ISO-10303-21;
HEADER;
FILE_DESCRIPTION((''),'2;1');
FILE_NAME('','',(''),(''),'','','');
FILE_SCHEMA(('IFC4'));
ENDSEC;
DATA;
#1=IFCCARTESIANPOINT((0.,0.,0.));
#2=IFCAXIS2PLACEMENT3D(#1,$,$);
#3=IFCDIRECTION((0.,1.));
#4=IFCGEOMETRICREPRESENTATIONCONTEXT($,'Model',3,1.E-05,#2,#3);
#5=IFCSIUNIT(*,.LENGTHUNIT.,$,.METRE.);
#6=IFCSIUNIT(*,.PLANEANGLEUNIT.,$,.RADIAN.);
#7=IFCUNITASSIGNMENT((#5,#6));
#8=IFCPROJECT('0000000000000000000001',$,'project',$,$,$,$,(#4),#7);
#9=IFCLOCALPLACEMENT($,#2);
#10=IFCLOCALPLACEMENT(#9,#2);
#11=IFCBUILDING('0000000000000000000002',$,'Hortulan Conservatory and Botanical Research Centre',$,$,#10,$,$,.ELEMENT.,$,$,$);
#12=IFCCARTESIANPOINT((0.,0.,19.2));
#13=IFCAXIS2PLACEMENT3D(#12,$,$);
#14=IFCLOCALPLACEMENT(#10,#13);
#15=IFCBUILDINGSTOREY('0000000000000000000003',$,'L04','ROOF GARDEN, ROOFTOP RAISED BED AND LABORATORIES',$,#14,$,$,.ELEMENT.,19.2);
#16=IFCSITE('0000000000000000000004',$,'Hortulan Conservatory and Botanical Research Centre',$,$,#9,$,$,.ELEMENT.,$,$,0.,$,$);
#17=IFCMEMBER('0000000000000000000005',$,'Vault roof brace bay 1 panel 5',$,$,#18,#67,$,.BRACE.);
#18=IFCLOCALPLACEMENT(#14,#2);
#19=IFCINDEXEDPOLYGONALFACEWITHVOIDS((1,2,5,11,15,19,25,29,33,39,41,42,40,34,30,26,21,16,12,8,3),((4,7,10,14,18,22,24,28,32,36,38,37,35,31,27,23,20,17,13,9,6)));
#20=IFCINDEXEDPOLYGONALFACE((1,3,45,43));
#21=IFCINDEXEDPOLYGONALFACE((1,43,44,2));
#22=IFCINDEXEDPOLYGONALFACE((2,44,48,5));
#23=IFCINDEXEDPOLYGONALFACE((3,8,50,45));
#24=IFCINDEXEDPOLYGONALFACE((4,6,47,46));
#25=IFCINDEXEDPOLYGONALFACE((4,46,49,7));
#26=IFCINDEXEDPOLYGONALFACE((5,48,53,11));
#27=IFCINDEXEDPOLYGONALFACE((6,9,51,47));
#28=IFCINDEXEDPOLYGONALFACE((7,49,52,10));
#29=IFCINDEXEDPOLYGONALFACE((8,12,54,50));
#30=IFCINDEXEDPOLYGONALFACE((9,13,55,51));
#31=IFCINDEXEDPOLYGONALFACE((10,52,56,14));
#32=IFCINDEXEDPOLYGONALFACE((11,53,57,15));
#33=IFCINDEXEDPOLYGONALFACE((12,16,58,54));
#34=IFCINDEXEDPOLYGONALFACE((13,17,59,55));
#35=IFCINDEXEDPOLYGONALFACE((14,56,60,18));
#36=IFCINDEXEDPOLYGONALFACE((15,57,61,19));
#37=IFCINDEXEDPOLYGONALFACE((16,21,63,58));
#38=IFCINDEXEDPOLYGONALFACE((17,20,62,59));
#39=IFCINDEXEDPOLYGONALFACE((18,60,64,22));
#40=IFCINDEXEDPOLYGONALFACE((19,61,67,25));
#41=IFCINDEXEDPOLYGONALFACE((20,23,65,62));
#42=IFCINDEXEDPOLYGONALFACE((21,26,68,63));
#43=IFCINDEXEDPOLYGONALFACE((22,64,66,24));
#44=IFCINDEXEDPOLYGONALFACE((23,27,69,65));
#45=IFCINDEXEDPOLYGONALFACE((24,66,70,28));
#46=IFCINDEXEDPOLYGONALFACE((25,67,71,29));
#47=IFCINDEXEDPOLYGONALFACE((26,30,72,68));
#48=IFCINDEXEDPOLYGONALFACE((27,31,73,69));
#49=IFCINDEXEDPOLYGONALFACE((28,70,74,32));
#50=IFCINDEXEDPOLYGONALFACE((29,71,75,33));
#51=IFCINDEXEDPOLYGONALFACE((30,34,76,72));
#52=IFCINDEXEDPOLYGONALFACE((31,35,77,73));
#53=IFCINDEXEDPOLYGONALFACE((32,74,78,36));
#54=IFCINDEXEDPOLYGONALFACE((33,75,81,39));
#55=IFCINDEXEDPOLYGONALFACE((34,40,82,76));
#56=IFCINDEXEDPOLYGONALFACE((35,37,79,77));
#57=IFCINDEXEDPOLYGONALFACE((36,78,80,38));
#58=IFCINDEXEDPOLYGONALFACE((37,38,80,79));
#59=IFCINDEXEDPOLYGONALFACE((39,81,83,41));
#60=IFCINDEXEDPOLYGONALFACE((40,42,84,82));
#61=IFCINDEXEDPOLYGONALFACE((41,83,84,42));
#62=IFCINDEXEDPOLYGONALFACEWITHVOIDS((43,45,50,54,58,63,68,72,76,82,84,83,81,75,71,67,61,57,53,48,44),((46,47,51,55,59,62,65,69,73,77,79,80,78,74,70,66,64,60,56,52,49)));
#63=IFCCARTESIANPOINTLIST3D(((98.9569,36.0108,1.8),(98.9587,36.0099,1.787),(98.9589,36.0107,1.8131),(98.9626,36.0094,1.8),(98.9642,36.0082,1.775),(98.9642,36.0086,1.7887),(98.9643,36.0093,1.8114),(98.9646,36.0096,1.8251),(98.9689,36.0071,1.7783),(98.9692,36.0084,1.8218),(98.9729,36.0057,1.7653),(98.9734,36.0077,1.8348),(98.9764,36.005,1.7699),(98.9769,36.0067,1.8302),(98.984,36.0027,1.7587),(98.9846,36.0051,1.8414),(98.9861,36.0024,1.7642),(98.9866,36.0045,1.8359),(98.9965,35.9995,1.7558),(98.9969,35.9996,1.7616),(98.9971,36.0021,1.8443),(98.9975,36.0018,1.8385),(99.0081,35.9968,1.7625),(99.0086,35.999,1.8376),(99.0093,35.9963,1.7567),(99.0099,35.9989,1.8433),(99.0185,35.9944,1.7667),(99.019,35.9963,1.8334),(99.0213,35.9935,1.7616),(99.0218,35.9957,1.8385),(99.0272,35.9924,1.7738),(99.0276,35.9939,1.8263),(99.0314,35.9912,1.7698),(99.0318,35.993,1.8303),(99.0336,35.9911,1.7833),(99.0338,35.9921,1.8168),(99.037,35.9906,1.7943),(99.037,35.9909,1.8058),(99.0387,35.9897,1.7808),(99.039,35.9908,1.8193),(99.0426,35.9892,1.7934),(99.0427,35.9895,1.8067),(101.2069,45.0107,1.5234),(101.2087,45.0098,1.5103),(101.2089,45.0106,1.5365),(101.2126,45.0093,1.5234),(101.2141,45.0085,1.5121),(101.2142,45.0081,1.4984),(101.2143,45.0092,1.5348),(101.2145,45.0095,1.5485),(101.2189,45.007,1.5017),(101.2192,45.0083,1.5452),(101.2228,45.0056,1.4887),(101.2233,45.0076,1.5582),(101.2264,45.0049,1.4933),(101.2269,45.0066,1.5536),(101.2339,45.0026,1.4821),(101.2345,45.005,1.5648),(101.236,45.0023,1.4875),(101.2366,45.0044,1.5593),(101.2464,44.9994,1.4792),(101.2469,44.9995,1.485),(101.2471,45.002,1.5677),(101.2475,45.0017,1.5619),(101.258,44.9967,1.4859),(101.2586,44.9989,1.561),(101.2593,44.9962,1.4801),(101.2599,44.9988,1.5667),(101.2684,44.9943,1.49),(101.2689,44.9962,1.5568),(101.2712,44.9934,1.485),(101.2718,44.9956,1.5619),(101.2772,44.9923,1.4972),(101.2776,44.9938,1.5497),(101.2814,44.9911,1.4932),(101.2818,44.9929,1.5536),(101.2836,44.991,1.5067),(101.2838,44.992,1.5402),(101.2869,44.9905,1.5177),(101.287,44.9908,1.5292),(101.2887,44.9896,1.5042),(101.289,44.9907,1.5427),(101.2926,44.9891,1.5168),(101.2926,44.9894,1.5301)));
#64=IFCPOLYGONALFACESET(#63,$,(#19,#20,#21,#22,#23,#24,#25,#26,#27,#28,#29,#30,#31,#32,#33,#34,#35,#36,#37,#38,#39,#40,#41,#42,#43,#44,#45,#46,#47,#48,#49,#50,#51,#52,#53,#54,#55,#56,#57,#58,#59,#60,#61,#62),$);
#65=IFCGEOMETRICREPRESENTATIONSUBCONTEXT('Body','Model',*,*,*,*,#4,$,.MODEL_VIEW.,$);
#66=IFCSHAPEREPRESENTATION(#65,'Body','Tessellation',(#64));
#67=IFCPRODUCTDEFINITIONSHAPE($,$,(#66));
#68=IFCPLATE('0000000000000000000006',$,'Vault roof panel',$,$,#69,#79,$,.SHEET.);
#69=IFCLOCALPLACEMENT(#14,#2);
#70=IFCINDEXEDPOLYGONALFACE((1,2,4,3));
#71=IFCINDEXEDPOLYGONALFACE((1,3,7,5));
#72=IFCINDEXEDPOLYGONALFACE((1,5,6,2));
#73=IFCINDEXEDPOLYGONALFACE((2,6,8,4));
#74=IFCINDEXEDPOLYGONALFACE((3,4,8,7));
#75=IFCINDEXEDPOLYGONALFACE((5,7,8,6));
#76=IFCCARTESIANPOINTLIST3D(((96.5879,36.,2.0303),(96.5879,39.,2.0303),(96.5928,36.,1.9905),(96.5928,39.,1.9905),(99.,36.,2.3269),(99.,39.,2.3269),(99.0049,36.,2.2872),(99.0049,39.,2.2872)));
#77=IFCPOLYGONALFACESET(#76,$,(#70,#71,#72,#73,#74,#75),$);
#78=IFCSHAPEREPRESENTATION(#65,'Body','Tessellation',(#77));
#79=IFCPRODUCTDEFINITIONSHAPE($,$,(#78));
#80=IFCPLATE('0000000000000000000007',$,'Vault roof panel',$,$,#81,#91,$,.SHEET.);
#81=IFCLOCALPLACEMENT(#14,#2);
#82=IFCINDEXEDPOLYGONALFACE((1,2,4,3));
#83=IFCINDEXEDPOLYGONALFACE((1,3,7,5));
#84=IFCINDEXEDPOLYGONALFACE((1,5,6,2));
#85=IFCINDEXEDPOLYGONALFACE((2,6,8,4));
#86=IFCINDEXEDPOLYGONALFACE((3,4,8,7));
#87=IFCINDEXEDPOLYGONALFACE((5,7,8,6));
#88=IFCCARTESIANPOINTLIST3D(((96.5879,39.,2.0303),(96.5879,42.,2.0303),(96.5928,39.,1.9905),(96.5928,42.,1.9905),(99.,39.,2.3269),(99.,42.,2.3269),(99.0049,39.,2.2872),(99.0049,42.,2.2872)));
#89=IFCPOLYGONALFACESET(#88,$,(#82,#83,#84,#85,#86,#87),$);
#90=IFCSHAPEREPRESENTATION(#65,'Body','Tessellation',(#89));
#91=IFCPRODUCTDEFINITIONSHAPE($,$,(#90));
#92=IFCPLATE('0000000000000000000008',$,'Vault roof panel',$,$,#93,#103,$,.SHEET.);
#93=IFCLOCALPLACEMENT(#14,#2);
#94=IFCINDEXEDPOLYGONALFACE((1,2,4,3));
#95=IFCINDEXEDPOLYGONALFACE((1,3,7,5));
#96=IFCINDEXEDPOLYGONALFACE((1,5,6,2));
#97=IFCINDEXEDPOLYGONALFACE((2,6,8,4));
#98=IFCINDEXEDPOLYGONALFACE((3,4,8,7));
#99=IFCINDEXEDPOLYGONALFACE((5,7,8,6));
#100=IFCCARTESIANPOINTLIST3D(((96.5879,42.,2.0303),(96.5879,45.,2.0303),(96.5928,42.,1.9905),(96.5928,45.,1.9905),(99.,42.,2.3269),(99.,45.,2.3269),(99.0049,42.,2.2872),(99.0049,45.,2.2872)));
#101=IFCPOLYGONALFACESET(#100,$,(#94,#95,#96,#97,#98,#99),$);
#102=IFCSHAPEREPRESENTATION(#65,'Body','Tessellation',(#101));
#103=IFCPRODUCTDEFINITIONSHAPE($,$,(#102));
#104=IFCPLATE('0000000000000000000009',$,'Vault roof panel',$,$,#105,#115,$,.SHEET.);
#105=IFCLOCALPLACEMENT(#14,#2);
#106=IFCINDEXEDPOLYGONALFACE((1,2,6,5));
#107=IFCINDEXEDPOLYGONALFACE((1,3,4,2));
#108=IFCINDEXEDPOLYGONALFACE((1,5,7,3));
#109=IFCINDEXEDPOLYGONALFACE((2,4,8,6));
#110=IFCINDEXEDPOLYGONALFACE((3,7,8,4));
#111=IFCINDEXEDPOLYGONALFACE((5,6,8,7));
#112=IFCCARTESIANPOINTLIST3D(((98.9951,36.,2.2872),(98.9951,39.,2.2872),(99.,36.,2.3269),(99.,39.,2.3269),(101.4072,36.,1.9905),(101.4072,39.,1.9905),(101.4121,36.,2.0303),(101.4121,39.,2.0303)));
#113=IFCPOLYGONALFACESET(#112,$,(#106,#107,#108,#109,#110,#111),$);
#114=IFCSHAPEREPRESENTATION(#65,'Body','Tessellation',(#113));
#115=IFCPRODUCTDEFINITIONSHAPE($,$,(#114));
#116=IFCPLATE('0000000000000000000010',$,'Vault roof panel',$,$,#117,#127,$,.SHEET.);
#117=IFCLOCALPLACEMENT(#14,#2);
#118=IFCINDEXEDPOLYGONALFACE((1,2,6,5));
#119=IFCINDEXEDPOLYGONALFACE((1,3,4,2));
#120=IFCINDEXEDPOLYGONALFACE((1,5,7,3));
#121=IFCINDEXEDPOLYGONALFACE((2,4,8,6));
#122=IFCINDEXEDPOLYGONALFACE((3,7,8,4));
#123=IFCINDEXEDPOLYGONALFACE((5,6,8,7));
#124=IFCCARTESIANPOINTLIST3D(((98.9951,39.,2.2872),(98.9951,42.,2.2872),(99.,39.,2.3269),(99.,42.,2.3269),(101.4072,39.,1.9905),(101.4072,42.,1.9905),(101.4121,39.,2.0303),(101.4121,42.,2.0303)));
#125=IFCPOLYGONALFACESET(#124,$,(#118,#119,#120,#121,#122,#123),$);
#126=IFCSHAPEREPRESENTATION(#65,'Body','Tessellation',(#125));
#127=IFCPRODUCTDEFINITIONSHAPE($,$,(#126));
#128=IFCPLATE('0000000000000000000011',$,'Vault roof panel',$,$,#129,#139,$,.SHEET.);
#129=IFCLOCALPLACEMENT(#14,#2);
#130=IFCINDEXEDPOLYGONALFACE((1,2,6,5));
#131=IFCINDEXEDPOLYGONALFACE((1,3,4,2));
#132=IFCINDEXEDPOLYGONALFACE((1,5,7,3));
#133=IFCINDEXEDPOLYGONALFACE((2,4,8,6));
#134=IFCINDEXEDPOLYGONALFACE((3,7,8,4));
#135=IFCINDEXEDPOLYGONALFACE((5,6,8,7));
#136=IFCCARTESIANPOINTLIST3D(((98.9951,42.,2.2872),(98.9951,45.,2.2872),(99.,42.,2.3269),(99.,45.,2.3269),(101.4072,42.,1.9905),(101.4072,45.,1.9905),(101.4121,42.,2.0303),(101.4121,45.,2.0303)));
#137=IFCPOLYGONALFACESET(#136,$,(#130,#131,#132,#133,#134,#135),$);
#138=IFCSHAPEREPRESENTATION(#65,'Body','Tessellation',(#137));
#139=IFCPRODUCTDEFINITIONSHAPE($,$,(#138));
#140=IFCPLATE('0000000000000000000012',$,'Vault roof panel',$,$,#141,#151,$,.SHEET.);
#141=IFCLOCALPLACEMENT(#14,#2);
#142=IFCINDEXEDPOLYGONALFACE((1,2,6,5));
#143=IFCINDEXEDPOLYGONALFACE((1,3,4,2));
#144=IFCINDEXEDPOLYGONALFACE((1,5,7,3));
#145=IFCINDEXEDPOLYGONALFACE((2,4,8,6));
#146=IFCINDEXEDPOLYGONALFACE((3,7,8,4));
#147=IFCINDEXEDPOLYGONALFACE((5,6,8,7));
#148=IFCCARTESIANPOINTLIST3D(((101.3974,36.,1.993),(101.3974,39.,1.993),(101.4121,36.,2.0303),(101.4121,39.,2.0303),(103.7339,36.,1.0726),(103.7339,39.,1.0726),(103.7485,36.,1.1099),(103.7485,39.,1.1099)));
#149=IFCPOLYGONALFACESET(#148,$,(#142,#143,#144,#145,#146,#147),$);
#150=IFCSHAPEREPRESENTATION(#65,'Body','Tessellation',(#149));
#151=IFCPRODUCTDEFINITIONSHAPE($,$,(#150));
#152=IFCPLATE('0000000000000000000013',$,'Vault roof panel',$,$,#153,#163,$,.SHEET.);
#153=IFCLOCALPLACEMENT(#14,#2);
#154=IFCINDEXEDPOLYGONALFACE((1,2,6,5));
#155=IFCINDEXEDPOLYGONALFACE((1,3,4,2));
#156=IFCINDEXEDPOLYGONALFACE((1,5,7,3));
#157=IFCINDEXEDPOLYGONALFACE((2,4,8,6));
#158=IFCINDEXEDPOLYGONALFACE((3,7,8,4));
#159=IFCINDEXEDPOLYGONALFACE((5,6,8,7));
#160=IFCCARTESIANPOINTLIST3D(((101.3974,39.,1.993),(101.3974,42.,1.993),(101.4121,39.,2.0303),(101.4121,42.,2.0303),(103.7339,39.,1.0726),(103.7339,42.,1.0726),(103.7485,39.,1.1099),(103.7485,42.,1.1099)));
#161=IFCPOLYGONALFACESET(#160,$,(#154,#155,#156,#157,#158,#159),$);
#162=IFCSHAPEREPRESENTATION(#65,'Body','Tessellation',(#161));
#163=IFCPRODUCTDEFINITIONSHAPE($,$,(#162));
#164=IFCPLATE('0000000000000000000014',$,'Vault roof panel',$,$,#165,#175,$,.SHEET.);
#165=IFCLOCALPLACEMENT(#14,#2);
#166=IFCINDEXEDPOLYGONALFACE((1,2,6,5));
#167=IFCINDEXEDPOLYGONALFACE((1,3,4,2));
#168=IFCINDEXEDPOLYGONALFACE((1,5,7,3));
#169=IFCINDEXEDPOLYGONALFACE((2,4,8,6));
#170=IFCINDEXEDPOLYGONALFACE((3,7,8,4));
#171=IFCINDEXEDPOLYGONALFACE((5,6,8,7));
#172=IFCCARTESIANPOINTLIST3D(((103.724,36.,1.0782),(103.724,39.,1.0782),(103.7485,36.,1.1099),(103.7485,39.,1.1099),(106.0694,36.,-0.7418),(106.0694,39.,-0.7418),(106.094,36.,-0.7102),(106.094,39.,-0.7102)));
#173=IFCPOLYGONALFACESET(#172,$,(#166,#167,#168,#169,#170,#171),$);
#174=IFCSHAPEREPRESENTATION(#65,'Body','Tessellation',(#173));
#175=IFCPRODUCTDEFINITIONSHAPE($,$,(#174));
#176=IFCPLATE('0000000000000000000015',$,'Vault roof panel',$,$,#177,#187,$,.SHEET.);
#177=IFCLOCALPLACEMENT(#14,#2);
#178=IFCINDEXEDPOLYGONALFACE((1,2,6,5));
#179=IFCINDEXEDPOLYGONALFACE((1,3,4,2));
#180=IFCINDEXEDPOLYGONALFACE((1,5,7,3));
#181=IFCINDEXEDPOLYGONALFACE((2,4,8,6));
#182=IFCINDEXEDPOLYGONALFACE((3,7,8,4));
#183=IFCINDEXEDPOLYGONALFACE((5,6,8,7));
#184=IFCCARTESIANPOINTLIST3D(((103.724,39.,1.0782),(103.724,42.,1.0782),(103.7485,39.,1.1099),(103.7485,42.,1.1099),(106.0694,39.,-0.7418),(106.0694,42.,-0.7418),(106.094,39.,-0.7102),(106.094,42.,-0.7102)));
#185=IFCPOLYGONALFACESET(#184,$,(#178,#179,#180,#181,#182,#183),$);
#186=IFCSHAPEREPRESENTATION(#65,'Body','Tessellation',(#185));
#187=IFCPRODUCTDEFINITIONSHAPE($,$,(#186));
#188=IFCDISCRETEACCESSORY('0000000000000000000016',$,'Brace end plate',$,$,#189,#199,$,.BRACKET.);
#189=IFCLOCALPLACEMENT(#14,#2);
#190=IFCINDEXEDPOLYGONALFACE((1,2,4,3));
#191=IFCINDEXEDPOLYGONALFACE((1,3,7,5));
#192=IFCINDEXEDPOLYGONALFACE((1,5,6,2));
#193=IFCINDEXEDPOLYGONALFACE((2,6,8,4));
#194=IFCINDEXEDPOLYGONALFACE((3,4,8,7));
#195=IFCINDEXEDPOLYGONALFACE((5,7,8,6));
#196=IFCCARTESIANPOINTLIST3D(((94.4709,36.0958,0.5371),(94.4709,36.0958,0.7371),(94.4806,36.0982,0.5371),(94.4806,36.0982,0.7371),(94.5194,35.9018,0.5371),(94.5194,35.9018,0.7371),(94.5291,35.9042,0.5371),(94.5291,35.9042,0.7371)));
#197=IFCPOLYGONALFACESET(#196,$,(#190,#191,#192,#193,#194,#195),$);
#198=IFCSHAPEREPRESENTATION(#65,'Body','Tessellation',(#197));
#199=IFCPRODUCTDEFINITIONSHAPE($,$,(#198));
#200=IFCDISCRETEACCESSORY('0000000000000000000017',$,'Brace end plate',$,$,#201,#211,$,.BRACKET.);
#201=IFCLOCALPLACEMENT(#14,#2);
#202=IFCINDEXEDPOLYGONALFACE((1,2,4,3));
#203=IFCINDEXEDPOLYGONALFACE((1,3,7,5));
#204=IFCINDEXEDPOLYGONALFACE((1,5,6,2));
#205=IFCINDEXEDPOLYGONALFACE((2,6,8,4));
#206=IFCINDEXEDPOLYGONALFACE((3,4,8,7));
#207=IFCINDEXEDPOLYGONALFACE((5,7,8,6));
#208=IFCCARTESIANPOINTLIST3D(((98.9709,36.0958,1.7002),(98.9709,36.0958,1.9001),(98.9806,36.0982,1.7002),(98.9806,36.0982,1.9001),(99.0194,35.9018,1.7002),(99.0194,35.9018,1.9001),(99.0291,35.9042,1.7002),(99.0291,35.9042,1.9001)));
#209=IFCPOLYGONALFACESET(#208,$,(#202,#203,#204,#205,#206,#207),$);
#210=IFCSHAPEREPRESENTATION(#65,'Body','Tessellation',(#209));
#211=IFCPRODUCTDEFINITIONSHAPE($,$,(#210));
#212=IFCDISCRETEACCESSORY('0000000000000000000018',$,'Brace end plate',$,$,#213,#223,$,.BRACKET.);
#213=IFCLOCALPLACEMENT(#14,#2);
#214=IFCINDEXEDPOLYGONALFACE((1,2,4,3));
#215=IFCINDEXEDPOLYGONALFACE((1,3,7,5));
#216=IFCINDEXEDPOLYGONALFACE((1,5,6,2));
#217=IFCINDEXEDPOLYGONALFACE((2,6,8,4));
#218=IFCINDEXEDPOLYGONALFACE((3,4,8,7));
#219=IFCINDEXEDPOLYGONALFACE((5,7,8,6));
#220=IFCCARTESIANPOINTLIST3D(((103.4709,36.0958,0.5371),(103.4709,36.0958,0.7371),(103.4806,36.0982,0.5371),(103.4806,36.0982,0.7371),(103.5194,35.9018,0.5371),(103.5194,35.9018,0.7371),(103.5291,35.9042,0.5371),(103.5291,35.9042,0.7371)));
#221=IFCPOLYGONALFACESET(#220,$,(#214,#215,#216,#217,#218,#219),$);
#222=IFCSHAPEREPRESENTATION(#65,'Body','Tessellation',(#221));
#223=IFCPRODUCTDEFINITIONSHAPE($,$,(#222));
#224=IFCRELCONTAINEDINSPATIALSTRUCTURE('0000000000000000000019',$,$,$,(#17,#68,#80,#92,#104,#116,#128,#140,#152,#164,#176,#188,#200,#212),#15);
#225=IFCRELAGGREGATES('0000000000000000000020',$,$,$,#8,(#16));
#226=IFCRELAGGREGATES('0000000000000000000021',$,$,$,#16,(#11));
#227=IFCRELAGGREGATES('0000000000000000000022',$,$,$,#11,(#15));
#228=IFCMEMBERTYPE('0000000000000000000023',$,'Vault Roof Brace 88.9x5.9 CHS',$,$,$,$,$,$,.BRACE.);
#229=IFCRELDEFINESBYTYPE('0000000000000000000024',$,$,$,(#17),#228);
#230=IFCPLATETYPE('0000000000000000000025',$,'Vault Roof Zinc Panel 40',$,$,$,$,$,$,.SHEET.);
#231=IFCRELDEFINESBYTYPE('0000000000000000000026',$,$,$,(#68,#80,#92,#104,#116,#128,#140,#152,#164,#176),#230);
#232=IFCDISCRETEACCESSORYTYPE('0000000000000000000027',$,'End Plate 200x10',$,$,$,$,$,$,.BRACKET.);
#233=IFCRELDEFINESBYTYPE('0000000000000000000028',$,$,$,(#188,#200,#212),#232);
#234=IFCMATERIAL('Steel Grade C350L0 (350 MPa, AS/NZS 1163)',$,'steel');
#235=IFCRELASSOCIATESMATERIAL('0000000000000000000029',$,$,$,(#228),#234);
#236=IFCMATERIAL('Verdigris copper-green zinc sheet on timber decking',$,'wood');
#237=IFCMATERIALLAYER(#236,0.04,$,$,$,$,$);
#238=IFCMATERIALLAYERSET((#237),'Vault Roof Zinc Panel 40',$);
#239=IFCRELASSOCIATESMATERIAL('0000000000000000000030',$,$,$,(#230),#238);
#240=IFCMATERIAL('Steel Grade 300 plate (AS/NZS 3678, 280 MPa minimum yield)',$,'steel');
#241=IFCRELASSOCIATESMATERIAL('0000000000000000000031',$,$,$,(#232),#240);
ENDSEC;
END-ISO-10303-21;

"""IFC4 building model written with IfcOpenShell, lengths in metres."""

from ifc_helpers import new_model, si_unit, direction, frame, origin, origin_2d, place, context, subcontext, project, spatial, polyline, rectangle, hollow_circle, outline, extrude, material, layer, layer_set, material_profile, profile_set, type_object, element, save


model = new_model("IFC4")

# Units and contexts
model_context = context("Model", 3, precision=1e-05, world=origin(), true_north=direction((0.0, 1.0)))
body_context = subcontext(model_context, "Body", "Model", "MODEL_VIEW")
ifc_project = project(units=[si_unit("LENGTHUNIT", "METRE"), si_unit("PLANEANGLEUNIT", "RADIAN")], contexts=[model_context])

# Site, building, storey
site_placement = place(None, origin())
site = spatial("IfcSite", under=ifc_project, at=site_placement, Name="Hortulan Conservatory and Botanical Research Centre", CompositionType="ELEMENT", RefElevation=0.0)
building_placement = place(site_placement, origin())
building = spatial("IfcBuilding", under=site, at=building_placement, Name="Hortulan Conservatory and Botanical Research Centre", CompositionType="ELEMENT")
storey_placement = place(building_placement, frame((0.0, 0.0, 19.2)))
storey = spatial("IfcBuildingStorey", under=building, at=storey_placement, Name="L04", Description="ROOF GARDEN, ROOFTOP RAISED BED AND LABORATORIES", CompositionType="ELEMENT", Elevation=19.2)

# Member
ifc_material_1 = material(Name="Steel Grade C350L0 (350 MPa, AS/NZS 1163)", Category="steel")
ifc_material_profile_1 = material_profile(ifc_material_1, hollow_circle(Radius=0.0444, WallThickness=0.0059, at=origin_2d()), Name="88.9x5.9CHS")
ifc_profile_set_1 = profile_set([ifc_material_profile_1], Name="Steel Grade C350L0 (350 MPa, AS/NZS 1163)")
member_type_1 = type_object("IfcMemberType", Name="Vault Roof Brace 88.9x5.9 CHS", PredefinedType="BRACE", material=ifc_profile_set_1)
member_1_placement = place(storey_placement, frame((99.0, 36.0, 1.8), z_axis=(0.242428, 0.969712, -0.029804), x_axis=(-0.970143, 0.242536, 0.0)))
element("IfcMember", 1, at=member_1_placement, inside=storey, type_object=member_type_1, Name="Vault roof brace bay 1 panel 5", PredefinedType="BRACE", context=body_context, shape_type="SweptSolid", body=[
    extrude(hollow_circle(Radius=0.0444, WallThickness=0.0059, at=origin_2d()), origin(), (0.0, 0.0, 1.0), 9.281),
])

# Plates
ifc_material_2 = material(Name="Verdigris copper-green zinc sheet on timber decking", Category="wood")
ifc_layer = layer(ifc_material_2, 0.04)
ifc_layer_set = layer_set([ifc_layer], Name="Vault Roof Zinc Panel 40")
plate_type = type_object("IfcPlateType", Name="Vault Roof Zinc Panel 40", PredefinedType="SHEET", material=ifc_layer_set)
for number, where, z_axis, x_axis, name in (
    (2, (96.5879, 36.0, 2.0303), (-0.122056, 0.0, 0.992523), (0.992523, 0.0, 0.122056), "Vault roof panel"),
    (3, (96.5879, 39.0, 2.0303), (-0.122056, 0.0, 0.992523), (0.992523, 0.0, 0.122056), "Vault roof panel"),
    (4, (96.5879, 42.0, 2.0303), (-0.122056, 0.0, 0.992523), (0.992523, 0.0, 0.122056), "Vault roof panel"),
    (5, (99.0, 36.0, 2.3269), (0.122056, 0.0, 0.992523), (0.992523, 0.0, -0.122056), "Vault roof panel"),
    (6, (99.0, 39.0, 2.3269), (0.122056, 0.0, 0.992523), (0.992523, 0.0, -0.122056), "Vault roof panel"),
    (7, (99.0, 42.0, 2.3269), (0.122056, 0.0, 0.992523), (0.992523, 0.0, -0.122056), "Vault roof panel"),
):
    element("IfcPlate", number, at=place(storey_placement, frame(where, z_axis=z_axis, x_axis=x_axis)), inside=storey, type_object=plate_type, Name=name, PredefinedType="SHEET", context=body_context, shape_type="SweptSolid", body=[
        extrude(outline(polyline([(0.0, 0.0), (2.4303, 0.0), (2.4303, 3.0), (0.0, 3.0), (0.0, 0.0)])), origin(), (0.0, 0.0, -1.0), 0.04),
    ])
for number, where, z_axis, x_axis, name in (
    (8, (101.4121, 36.0, 2.0303), (0.366525, 0.0, 0.930408), (0.930408, 0.0, -0.366525), "Vault roof panel"),
    (9, (101.4121, 39.0, 2.0303), (0.366525, 0.0, 0.930408), (0.930408, 0.0, -0.366525), "Vault roof panel"),
):
    element("IfcPlate", number, at=place(storey_placement, frame(where, z_axis=z_axis, x_axis=x_axis)), inside=storey, type_object=plate_type, Name=name, PredefinedType="SHEET", context=body_context, shape_type="SweptSolid", body=[
        extrude(outline(polyline([(0.0, 0.0), (2.5112, 0.0), (2.5112, 3.0), (0.0, 3.0), (0.0, 0.0)])), origin(), (0.0, 0.0, -1.0), 0.04),
    ])
for number, where, z_axis, x_axis, name in (
    (10, (103.7485, 36.0, 1.1099), (0.613063, 0.0, 0.790034), (0.790034, 0.0, -0.613063), "Vault roof panel"),
    (11, (103.7485, 39.0, 1.1099), (0.613063, 0.0, 0.790034), (0.790034, 0.0, -0.613063), "Vault roof panel"),
):
    element("IfcPlate", number, at=place(storey_placement, frame(where, z_axis=z_axis, x_axis=x_axis)), inside=storey, type_object=plate_type, Name=name, PredefinedType="SHEET", context=body_context, shape_type="SweptSolid", body=[
        extrude(outline(polyline([(0.0, 0.0), (2.9688, 0.0), (2.9688, 3.0), (0.0, 3.0), (0.0, 0.0)])), origin(), (0.0, 0.0, -1.0), 0.04),
    ])

# Discrete accessories
ifc_material_3 = material(Name="Steel Grade 300 plate (AS/NZS 3678, 280 MPa minimum yield)", Category="steel")
discrete_accessory_type_1 = type_object("IfcDiscreteAccessoryType", Name="End Plate 200x10", PredefinedType="BRACKET", material=ifc_material_3)
for number, where, z_axis, x_axis, name in (
    (12, (94.5, 36.0, 0.5371), (0.0, 0.0, 1.0), (0.242532, -0.970144, 0.0), "Brace end plate"),
    (13, (99.0, 36.0, 1.7002), (0.0, 0.0, 1.0), (0.242532, -0.970144, 0.0), "Brace end plate"),
    (14, (103.5, 36.0, 0.5371), (0.0, 0.0, 1.0), (0.242532, -0.970144, 0.0), "Brace end plate"),
):
    element("IfcDiscreteAccessory", number, at=place(storey_placement, frame(where, z_axis=z_axis, x_axis=x_axis)), inside=storey, type_object=discrete_accessory_type_1, Name=name, PredefinedType="BRACKET", context=body_context, shape_type="SweptSolid", body=[
        extrude(rectangle(XDim=0.2, YDim=0.01, at=origin_2d()), origin(), (0.0, 0.0, 1.0), 0.2),
    ])

save(model, "model.ifc")
